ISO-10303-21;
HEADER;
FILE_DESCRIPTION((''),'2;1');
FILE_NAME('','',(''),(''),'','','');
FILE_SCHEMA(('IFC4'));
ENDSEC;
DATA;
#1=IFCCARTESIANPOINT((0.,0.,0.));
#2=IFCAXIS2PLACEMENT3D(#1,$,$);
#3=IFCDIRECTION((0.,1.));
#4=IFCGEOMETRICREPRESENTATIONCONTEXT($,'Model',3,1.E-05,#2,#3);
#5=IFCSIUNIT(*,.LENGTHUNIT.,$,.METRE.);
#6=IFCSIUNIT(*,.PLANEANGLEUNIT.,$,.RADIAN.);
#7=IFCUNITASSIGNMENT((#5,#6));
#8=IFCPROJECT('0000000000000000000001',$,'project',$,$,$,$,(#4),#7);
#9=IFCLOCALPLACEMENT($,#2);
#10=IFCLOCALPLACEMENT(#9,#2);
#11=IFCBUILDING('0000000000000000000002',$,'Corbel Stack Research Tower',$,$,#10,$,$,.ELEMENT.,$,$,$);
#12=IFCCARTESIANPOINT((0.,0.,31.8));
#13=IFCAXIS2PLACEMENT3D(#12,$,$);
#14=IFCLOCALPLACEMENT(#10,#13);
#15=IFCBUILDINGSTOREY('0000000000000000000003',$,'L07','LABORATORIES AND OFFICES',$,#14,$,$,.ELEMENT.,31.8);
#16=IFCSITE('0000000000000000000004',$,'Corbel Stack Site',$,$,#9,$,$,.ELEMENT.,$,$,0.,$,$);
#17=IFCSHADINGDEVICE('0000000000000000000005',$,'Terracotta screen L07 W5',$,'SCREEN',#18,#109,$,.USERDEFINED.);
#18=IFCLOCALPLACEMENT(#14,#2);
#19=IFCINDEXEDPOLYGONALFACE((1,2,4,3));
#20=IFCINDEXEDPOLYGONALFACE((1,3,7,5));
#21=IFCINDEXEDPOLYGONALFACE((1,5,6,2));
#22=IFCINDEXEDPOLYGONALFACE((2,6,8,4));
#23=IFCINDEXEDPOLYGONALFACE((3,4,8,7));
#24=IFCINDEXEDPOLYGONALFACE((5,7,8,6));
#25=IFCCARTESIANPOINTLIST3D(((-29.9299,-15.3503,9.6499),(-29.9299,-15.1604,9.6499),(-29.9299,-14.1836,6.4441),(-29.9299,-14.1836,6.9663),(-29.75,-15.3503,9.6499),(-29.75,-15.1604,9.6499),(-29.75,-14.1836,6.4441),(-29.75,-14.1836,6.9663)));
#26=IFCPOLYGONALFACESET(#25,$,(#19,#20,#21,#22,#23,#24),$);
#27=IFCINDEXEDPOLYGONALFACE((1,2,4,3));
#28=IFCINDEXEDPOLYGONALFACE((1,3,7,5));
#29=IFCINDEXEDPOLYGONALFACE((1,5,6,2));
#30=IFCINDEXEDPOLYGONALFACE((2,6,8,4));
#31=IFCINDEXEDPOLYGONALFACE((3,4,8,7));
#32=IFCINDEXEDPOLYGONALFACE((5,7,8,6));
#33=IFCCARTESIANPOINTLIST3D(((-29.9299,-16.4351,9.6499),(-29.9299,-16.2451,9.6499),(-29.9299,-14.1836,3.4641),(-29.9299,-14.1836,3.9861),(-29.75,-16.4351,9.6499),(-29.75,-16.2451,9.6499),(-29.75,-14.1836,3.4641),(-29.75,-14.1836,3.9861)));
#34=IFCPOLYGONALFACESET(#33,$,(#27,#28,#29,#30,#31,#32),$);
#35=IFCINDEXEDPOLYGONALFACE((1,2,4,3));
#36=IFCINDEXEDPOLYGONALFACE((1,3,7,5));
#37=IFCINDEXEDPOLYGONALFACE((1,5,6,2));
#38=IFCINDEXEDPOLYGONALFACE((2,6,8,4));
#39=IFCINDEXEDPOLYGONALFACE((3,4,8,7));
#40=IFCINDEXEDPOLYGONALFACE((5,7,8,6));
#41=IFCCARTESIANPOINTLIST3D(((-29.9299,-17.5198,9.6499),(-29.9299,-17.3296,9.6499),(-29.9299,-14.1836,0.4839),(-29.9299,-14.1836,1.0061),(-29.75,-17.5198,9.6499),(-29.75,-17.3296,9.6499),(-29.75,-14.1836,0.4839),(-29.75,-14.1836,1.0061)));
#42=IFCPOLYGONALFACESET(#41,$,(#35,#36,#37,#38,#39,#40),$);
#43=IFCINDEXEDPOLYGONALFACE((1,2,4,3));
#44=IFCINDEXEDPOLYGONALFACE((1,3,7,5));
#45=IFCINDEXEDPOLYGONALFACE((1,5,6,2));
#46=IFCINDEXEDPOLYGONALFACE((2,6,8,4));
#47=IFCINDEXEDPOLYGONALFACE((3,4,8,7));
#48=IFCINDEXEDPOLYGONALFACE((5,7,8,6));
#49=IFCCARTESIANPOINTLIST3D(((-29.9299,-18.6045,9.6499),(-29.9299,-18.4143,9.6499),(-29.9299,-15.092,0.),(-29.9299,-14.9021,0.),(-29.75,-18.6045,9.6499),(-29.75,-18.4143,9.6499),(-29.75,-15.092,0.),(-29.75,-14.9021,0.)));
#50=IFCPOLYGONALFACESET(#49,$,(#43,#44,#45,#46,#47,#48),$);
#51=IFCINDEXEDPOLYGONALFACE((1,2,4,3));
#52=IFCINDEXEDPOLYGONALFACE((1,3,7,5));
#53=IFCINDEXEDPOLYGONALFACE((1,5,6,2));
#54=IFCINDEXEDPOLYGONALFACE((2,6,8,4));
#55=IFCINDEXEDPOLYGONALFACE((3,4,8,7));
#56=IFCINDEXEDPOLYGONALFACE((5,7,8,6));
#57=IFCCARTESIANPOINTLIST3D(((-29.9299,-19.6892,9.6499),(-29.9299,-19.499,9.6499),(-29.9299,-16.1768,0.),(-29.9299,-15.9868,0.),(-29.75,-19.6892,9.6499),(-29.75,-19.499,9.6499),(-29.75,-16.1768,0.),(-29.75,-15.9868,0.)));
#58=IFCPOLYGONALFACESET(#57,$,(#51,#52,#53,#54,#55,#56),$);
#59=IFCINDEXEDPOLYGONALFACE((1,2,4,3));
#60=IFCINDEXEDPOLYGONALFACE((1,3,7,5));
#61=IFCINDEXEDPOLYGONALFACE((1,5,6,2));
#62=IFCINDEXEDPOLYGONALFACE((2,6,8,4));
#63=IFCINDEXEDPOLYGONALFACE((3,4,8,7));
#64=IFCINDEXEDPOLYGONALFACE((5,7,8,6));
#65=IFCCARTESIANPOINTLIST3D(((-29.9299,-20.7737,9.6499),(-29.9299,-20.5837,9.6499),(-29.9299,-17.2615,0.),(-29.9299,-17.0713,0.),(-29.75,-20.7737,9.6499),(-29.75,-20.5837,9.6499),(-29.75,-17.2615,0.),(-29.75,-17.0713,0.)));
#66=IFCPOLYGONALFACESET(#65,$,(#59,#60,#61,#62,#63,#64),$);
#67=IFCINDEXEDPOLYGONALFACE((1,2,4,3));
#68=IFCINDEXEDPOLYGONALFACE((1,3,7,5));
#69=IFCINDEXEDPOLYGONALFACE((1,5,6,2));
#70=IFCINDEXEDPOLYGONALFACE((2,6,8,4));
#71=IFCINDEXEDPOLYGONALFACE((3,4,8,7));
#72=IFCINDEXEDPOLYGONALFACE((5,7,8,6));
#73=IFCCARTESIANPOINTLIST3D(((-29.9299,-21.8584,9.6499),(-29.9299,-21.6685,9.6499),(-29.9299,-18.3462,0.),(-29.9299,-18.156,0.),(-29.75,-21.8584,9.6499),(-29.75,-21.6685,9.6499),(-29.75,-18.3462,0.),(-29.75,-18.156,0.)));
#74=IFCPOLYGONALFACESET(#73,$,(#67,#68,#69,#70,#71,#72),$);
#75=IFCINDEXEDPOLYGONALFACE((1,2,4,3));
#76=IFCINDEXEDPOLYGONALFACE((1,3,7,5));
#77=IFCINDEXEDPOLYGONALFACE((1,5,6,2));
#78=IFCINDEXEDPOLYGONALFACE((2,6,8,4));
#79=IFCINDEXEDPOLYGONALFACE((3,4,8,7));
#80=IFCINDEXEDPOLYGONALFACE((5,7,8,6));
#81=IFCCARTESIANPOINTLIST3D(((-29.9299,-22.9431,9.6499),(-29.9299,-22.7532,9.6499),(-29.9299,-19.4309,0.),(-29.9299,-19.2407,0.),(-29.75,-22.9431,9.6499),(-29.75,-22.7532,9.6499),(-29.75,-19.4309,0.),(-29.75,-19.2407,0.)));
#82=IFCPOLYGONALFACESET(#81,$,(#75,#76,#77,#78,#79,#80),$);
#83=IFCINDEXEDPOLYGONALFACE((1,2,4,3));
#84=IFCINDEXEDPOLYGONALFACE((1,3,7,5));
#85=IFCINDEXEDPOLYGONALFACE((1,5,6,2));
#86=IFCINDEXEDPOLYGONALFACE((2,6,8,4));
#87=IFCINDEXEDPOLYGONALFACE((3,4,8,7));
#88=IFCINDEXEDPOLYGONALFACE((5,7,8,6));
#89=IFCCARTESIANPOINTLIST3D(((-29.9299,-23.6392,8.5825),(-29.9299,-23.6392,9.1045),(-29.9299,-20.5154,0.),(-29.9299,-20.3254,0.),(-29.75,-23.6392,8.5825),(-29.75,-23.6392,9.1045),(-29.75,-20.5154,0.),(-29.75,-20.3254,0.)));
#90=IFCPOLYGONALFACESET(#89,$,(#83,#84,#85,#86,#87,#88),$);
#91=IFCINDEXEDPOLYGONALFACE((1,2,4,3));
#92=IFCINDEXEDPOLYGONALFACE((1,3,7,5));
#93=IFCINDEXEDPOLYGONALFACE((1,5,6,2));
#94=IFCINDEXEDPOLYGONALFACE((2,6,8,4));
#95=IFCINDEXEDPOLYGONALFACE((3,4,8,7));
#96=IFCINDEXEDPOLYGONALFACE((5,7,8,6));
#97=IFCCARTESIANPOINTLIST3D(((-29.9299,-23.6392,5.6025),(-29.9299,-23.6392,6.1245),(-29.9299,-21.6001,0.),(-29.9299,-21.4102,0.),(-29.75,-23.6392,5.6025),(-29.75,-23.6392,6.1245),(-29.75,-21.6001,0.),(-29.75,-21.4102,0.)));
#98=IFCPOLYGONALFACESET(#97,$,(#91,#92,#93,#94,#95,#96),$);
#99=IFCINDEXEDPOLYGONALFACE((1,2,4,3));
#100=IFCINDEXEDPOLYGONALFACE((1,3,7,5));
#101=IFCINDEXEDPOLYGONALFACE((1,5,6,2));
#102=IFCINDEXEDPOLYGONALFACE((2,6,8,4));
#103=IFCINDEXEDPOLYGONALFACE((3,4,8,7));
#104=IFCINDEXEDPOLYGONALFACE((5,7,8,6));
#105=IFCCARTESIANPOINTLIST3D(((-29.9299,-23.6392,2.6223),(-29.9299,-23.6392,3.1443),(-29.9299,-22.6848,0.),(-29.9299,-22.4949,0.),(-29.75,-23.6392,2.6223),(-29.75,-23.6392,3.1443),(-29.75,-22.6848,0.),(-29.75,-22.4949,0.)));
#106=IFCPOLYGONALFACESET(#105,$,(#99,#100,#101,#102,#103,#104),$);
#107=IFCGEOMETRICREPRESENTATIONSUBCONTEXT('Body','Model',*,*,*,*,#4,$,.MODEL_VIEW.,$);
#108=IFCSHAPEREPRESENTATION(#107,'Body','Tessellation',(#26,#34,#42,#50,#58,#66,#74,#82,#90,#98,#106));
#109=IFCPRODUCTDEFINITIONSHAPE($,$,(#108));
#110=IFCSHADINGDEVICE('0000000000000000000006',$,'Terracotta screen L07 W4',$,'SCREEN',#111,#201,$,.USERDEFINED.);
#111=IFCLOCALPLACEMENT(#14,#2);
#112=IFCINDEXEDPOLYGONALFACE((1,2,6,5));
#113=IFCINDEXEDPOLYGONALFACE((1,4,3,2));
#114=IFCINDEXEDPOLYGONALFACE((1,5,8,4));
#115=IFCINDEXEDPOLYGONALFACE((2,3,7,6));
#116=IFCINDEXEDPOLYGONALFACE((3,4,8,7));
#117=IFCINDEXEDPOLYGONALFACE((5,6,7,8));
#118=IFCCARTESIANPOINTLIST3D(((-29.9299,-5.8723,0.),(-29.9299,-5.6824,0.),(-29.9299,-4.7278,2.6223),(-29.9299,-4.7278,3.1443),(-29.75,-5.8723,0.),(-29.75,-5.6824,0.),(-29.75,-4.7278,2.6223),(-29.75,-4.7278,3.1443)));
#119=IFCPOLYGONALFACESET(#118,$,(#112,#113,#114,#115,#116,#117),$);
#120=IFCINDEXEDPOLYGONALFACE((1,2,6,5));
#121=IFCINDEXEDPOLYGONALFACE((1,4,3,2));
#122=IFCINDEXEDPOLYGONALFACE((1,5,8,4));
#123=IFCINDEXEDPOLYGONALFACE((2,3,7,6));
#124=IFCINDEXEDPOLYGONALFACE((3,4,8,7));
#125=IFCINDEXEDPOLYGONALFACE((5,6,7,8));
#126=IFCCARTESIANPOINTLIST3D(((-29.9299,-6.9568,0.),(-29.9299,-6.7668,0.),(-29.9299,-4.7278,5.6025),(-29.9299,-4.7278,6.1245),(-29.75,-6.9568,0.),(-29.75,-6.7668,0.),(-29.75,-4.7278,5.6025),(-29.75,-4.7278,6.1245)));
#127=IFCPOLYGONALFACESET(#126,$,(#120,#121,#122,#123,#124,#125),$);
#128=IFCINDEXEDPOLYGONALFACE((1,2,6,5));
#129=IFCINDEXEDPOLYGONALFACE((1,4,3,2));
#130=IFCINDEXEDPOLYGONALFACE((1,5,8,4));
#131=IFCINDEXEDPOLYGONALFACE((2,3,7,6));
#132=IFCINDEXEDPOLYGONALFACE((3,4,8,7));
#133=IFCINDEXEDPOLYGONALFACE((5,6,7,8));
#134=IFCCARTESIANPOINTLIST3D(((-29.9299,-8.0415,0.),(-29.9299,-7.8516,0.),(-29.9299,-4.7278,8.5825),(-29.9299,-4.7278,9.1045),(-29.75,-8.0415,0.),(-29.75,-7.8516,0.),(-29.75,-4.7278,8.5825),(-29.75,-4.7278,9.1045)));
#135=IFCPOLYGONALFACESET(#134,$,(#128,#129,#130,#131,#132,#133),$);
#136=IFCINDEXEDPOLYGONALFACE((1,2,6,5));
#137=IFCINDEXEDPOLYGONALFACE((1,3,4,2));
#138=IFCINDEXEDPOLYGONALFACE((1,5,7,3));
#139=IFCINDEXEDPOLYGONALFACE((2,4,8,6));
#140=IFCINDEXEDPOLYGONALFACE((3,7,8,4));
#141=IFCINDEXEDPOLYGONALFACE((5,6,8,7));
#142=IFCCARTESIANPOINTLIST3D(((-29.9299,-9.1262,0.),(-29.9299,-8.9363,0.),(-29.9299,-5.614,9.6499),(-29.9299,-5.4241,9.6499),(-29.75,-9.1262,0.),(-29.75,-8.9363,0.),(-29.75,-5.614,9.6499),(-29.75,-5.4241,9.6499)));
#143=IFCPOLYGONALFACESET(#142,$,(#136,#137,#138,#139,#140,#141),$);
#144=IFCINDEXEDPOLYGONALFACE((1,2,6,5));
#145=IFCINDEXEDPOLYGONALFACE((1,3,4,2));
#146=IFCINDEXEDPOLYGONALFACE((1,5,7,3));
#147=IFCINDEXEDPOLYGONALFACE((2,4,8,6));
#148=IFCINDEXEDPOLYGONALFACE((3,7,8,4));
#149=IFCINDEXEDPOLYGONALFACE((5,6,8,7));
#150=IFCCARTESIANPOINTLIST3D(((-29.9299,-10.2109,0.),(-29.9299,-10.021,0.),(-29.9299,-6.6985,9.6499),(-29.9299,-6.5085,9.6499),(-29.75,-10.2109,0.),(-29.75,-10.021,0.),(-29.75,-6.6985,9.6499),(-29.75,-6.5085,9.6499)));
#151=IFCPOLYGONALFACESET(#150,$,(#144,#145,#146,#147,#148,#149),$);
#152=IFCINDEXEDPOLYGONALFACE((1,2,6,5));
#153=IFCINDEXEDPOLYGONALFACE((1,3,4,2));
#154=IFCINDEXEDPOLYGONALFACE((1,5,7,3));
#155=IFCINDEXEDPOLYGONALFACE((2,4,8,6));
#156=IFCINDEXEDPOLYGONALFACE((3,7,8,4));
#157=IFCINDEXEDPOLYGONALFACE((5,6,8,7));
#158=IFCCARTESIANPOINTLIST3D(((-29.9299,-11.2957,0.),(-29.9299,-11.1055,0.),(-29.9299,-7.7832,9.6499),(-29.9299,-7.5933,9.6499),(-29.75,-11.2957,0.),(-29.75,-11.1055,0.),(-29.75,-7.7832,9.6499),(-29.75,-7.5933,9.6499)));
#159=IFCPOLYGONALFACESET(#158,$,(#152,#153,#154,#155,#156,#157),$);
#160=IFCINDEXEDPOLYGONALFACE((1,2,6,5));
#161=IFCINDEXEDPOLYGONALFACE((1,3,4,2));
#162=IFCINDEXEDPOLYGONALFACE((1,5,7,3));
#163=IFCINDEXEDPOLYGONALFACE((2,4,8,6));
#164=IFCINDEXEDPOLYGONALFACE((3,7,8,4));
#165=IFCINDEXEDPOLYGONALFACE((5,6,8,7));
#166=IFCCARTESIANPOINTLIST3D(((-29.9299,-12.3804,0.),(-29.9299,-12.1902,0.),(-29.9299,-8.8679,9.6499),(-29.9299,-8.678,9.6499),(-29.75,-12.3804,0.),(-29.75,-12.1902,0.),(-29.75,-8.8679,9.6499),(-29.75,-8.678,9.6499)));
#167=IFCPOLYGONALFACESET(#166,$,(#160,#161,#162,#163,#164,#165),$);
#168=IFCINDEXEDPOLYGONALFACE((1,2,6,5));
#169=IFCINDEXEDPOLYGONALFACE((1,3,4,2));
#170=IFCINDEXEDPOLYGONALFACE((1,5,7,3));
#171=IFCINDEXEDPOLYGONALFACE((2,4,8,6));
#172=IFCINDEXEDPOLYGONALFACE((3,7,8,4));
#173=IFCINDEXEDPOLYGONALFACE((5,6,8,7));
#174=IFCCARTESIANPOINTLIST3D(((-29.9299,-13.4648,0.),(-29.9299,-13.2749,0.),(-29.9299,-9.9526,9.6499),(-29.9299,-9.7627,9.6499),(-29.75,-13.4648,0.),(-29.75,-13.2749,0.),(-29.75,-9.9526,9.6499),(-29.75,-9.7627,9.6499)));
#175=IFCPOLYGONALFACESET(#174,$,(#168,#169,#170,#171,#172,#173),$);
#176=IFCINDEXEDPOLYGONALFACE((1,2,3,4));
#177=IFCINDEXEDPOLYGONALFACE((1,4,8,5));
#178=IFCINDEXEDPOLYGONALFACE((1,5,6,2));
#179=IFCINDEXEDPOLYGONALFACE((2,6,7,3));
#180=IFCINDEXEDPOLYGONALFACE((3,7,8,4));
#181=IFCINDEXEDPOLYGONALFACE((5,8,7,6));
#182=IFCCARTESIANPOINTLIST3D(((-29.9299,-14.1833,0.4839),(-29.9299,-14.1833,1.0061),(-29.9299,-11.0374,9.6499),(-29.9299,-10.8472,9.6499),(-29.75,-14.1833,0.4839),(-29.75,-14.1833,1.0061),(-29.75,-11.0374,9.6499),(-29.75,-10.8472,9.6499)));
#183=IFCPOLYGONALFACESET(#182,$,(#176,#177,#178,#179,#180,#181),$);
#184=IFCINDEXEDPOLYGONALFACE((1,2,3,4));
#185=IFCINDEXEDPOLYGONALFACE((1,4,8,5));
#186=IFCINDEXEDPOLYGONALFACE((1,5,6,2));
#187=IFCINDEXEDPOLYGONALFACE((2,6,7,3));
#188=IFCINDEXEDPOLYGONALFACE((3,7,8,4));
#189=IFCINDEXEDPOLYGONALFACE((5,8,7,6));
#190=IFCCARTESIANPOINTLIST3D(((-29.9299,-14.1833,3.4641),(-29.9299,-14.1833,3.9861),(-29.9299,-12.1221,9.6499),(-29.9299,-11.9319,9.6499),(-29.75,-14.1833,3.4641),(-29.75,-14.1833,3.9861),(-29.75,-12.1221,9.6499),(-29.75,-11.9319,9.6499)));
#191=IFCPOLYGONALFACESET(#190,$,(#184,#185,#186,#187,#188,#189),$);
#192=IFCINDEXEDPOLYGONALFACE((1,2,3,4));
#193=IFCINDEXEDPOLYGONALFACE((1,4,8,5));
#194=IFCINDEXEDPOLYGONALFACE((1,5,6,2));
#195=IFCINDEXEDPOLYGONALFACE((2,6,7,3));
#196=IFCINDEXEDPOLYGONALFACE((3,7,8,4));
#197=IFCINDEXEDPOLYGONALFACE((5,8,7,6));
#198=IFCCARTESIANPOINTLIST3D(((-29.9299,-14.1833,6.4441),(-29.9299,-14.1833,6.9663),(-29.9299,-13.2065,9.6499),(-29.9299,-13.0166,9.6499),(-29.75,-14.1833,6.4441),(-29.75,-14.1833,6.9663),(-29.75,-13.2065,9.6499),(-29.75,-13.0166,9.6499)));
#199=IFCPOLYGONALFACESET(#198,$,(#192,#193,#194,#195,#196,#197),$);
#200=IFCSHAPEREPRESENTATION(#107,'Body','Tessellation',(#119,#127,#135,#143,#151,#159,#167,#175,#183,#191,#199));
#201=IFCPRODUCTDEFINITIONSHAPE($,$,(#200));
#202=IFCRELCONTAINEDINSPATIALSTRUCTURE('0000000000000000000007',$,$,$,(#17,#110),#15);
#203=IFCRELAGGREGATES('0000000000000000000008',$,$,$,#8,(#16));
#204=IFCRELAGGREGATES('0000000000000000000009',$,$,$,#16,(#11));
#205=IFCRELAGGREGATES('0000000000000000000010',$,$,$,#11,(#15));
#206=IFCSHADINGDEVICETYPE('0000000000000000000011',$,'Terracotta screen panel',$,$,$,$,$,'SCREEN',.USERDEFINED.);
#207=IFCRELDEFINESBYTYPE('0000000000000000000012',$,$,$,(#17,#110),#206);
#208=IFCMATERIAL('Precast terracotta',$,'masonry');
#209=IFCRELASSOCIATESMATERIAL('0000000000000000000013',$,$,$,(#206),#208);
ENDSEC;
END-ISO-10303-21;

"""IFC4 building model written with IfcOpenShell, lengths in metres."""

from ifc_helpers import new_model, si_unit, direction, frame, origin, place, context, subcontext, project, spatial, polyline, outline, extrude, source, transform, mapped, material, type_object, element, save


model = new_model("IFC4")

# Units and contexts
model_context = context("Model", 3, precision=1e-05, world=origin(), true_north=direction((0.0, 1.0)))
body_context = subcontext(model_context, "Body", "Model", "MODEL_VIEW")
ifc_project = project(units=[si_unit("LENGTHUNIT", "METRE"), si_unit("PLANEANGLEUNIT", "RADIAN")], contexts=[model_context])

# Site, building, storey
site_placement = place(None, origin())
site = spatial("IfcSite", under=ifc_project, at=site_placement, Name="Corbel Stack Site", CompositionType="ELEMENT", RefElevation=0.0)
building_placement = place(site_placement, origin())
building = spatial("IfcBuilding", under=site, at=building_placement, Name="Corbel Stack Research Tower", CompositionType="ELEMENT")
storey_placement = place(building_placement, frame((0.0, 0.0, 31.8)))
storey = spatial("IfcBuildingStorey", under=building, at=storey_placement, Name="L07", Description="LABORATORIES AND OFFICES", CompositionType="ELEMENT", Elevation=31.8)

# Shading devices
ifc_material_1 = material(Name="Precast terracotta", Category="masonry")
shading_device_type = type_object("IfcShadingDeviceType", Name="Terracotta screen panel", ElementType="SCREEN", PredefinedType="USERDEFINED", material=ifc_material_1)
shared_shape_1 = source(origin(), body_context, "Body", "SweptSolid", [
    extrude(outline(polyline([(1.1667, 9.6499), (0.9768, 9.6499), (0.0, 6.9663), (0.0, 6.4441), (1.1667, 9.6499)])), frame((0.0, 0.0, 0.0), z_axis=(0.0, -1.0, 0.0), x_axis=(1.0, 0.0, 0.0)), (0.0, 0.0, 1.0), 0.1799),
    extrude(outline(polyline([(2.2515, 9.6499), (2.0615, 9.6499), (0.0, 3.9861), (0.0, 3.4641), (2.2515, 9.6499)])), frame((0.0, 0.0, 0.0), z_axis=(0.0, -1.0, 0.0), x_axis=(1.0, 0.0, 0.0)), (0.0, 0.0, 1.0), 0.1799),
    extrude(outline(polyline([(3.3362, 9.6499), (3.146, 9.6499), (0.0, 1.0061), (0.0, 0.4839), (3.3362, 9.6499)])), frame((0.0, 0.0, 0.0), z_axis=(0.0, -1.0, 0.0), x_axis=(1.0, 0.0, 0.0)), (0.0, 0.0, 1.0), 0.1799),
    extrude(outline(polyline([(0.9084, 0.0), (4.4209, 9.6499), (4.2307, 9.6499), (0.7185, 0.0), (0.9084, 0.0)])), frame((0.0, 0.0, 0.0), z_axis=(0.0, -1.0, 0.0), x_axis=(1.0, 0.0, 0.0)), (0.0, 0.0, 1.0), 0.1799),
    extrude(outline(polyline([(1.9932, 0.0), (5.5056, 9.6499), (5.3154, 9.6499), (1.8032, 0.0), (1.9932, 0.0)])), frame((0.0, 0.0, 0.0), z_axis=(0.0, -1.0, 0.0), x_axis=(1.0, 0.0, 0.0)), (0.0, 0.0, 1.0), 0.1799),
    extrude(outline(polyline([(3.0779, 0.0), (6.5901, 9.6499), (6.4001, 9.6499), (2.8877, 0.0), (3.0779, 0.0)])), frame((0.0, 0.0, 0.0), z_axis=(0.0, -1.0, 0.0), x_axis=(1.0, 0.0, 0.0)), (0.0, 0.0, 1.0), 0.1799),
    extrude(outline(polyline([(4.1626, 0.0), (7.6748, 9.6499), (7.4849, 9.6499), (3.9724, 0.0), (4.1626, 0.0)])), frame((0.0, 0.0, 0.0), z_axis=(0.0, -1.0, 0.0), x_axis=(1.0, 0.0, 0.0)), (0.0, 0.0, 1.0), 0.1799),
    extrude(outline(polyline([(5.2473, 0.0), (8.7595, 9.6499), (8.5696, 9.6499), (5.0571, 0.0), (5.2473, 0.0)])), frame((0.0, 0.0, 0.0), z_axis=(0.0, -1.0, 0.0), x_axis=(1.0, 0.0, 0.0)), (0.0, 0.0, 1.0), 0.1799),
    extrude(outline(polyline([(6.3318, 0.0), (9.4556, 8.5825), (9.4556, 9.1045), (6.1418, 0.0), (6.3318, 0.0)])), frame((0.0, 0.0, 0.0), z_axis=(0.0, -1.0, 0.0), x_axis=(1.0, 0.0, 0.0)), (0.0, 0.0, 1.0), 0.1799),
    extrude(outline(polyline([(7.4165, 0.0), (9.4556, 5.6025), (9.4556, 6.1245), (7.2266, 0.0), (7.4165, 0.0)])), frame((0.0, 0.0, 0.0), z_axis=(0.0, -1.0, 0.0), x_axis=(1.0, 0.0, 0.0)), (0.0, 0.0, 1.0), 0.1799),
    extrude(outline(polyline([(8.5012, 0.0), (9.4556, 2.6223), (9.4556, 3.1443), (8.3113, 0.0), (8.5012, 0.0)])), frame((0.0, 0.0, 0.0), z_axis=(0.0, -1.0, 0.0), x_axis=(1.0, 0.0, 0.0)), (0.0, 0.0, 1.0), 0.1799),
])
shading_device_1_placement = place(storey_placement, frame((-29.75, -14.1836, 0.0), z_axis=(0.0, 0.0, 1.0), x_axis=(0.0, -1.0, 0.0)))
element("IfcShadingDevice", 1, at=shading_device_1_placement, inside=storey, type_object=shading_device_type, Name="Terracotta screen L07 W5", ObjectType="SCREEN", PredefinedType="USERDEFINED", context=body_context, shape_type="MappedRepresentation", body=[
    mapped(shared_shape_1, transform((0.0, 0.0, 0.0))),
])
shared_shape_2 = source(origin(), body_context, "Body", "SweptSolid", [
    extrude(outline(polyline([(1.1445, 0.0), (0.0, 3.1443), (0.0, 2.6223), (0.9546, 0.0), (1.1445, 0.0)])), frame((0.0, 0.0, 0.0), z_axis=(0.0, -1.0, 0.0), x_axis=(1.0, 0.0, 0.0)), (0.0, 0.0, 1.0), 0.1799),
    extrude(outline(polyline([(2.229, 0.0), (0.0, 6.1245), (0.0, 5.6025), (2.0391, 0.0), (2.229, 0.0)])), frame((0.0, 0.0, 0.0), z_axis=(0.0, -1.0, 0.0), x_axis=(1.0, 0.0, 0.0)), (0.0, 0.0, 1.0), 0.1799),
    extrude(outline(polyline([(3.3137, 0.0), (0.0, 9.1045), (0.0, 8.5825), (3.1238, 0.0), (3.3137, 0.0)])), frame((0.0, 0.0, 0.0), z_axis=(0.0, -1.0, 0.0), x_axis=(1.0, 0.0, 0.0)), (0.0, 0.0, 1.0), 0.1799),
    extrude(outline(polyline([(4.3984, 0.0), (0.8862, 9.6499), (0.6963, 9.6499), (4.2085, 0.0), (4.3984, 0.0)])), frame((0.0, 0.0, 0.0), z_axis=(0.0, -1.0, 0.0), x_axis=(1.0, 0.0, 0.0)), (0.0, 0.0, 1.0), 0.1799),
    extrude(outline(polyline([(5.4832, 0.0), (1.9707, 9.6499), (1.7808, 9.6499), (5.2932, 0.0), (5.4832, 0.0)])), frame((0.0, 0.0, 0.0), z_axis=(0.0, -1.0, 0.0), x_axis=(1.0, 0.0, 0.0)), (0.0, 0.0, 1.0), 0.1799),
    extrude(outline(polyline([(6.5679, 0.0), (3.0554, 9.6499), (2.8655, 9.6499), (6.3777, 0.0), (6.5679, 0.0)])), frame((0.0, 0.0, 0.0), z_axis=(0.0, -1.0, 0.0), x_axis=(1.0, 0.0, 0.0)), (0.0, 0.0, 1.0), 0.1799),
    extrude(outline(polyline([(7.6526, 0.0), (4.1401, 9.6499), (3.9502, 9.6499), (7.4624, 0.0), (7.6526, 0.0)])), frame((0.0, 0.0, 0.0), z_axis=(0.0, -1.0, 0.0), x_axis=(1.0, 0.0, 0.0)), (0.0, 0.0, 1.0), 0.1799),
    extrude(outline(polyline([(8.7371, 0.0), (5.2249, 9.6499), (5.0349, 9.6499), (8.5471, 0.0), (8.7371, 0.0)])), frame((0.0, 0.0, 0.0), z_axis=(0.0, -1.0, 0.0), x_axis=(1.0, 0.0, 0.0)), (0.0, 0.0, 1.0), 0.1799),
    extrude(outline(polyline([(6.3096, 9.6499), (6.1194, 9.6499), (9.4556, 0.4839), (9.4556, 1.0061), (6.3096, 9.6499)])), frame((0.0, 0.0, 0.0), z_axis=(0.0, -1.0, 0.0), x_axis=(1.0, 0.0, 0.0)), (0.0, 0.0, 1.0), 0.1799),
    extrude(outline(polyline([(7.3943, 9.6499), (7.2041, 9.6499), (9.4556, 3.4641), (9.4556, 3.9861), (7.3943, 9.6499)])), frame((0.0, 0.0, 0.0), z_axis=(0.0, -1.0, 0.0), x_axis=(1.0, 0.0, 0.0)), (0.0, 0.0, 1.0), 0.1799),
    extrude(outline(polyline([(8.4788, 9.6499), (8.2888, 9.6499), (9.4556, 6.4441), (9.4556, 6.9663), (8.4788, 9.6499)])), frame((0.0, 0.0, 0.0), z_axis=(0.0, -1.0, 0.0), x_axis=(1.0, 0.0, 0.0)), (0.0, 0.0, 1.0), 0.1799),
])
shading_device_2_placement = place(storey_placement, frame((-29.75, -4.7278, 0.0), z_axis=(0.0, 0.0, 1.0), x_axis=(0.0, -1.0, 0.0)))
element("IfcShadingDevice", 2, at=shading_device_2_placement, inside=storey, type_object=shading_device_type, Name="Terracotta screen L07 W4", ObjectType="SCREEN", PredefinedType="USERDEFINED", context=body_context, shape_type="MappedRepresentation", body=[
    mapped(shared_shape_2, transform((0.0, 0.0, 0.0))),
])

save(model, "model.ifc")
